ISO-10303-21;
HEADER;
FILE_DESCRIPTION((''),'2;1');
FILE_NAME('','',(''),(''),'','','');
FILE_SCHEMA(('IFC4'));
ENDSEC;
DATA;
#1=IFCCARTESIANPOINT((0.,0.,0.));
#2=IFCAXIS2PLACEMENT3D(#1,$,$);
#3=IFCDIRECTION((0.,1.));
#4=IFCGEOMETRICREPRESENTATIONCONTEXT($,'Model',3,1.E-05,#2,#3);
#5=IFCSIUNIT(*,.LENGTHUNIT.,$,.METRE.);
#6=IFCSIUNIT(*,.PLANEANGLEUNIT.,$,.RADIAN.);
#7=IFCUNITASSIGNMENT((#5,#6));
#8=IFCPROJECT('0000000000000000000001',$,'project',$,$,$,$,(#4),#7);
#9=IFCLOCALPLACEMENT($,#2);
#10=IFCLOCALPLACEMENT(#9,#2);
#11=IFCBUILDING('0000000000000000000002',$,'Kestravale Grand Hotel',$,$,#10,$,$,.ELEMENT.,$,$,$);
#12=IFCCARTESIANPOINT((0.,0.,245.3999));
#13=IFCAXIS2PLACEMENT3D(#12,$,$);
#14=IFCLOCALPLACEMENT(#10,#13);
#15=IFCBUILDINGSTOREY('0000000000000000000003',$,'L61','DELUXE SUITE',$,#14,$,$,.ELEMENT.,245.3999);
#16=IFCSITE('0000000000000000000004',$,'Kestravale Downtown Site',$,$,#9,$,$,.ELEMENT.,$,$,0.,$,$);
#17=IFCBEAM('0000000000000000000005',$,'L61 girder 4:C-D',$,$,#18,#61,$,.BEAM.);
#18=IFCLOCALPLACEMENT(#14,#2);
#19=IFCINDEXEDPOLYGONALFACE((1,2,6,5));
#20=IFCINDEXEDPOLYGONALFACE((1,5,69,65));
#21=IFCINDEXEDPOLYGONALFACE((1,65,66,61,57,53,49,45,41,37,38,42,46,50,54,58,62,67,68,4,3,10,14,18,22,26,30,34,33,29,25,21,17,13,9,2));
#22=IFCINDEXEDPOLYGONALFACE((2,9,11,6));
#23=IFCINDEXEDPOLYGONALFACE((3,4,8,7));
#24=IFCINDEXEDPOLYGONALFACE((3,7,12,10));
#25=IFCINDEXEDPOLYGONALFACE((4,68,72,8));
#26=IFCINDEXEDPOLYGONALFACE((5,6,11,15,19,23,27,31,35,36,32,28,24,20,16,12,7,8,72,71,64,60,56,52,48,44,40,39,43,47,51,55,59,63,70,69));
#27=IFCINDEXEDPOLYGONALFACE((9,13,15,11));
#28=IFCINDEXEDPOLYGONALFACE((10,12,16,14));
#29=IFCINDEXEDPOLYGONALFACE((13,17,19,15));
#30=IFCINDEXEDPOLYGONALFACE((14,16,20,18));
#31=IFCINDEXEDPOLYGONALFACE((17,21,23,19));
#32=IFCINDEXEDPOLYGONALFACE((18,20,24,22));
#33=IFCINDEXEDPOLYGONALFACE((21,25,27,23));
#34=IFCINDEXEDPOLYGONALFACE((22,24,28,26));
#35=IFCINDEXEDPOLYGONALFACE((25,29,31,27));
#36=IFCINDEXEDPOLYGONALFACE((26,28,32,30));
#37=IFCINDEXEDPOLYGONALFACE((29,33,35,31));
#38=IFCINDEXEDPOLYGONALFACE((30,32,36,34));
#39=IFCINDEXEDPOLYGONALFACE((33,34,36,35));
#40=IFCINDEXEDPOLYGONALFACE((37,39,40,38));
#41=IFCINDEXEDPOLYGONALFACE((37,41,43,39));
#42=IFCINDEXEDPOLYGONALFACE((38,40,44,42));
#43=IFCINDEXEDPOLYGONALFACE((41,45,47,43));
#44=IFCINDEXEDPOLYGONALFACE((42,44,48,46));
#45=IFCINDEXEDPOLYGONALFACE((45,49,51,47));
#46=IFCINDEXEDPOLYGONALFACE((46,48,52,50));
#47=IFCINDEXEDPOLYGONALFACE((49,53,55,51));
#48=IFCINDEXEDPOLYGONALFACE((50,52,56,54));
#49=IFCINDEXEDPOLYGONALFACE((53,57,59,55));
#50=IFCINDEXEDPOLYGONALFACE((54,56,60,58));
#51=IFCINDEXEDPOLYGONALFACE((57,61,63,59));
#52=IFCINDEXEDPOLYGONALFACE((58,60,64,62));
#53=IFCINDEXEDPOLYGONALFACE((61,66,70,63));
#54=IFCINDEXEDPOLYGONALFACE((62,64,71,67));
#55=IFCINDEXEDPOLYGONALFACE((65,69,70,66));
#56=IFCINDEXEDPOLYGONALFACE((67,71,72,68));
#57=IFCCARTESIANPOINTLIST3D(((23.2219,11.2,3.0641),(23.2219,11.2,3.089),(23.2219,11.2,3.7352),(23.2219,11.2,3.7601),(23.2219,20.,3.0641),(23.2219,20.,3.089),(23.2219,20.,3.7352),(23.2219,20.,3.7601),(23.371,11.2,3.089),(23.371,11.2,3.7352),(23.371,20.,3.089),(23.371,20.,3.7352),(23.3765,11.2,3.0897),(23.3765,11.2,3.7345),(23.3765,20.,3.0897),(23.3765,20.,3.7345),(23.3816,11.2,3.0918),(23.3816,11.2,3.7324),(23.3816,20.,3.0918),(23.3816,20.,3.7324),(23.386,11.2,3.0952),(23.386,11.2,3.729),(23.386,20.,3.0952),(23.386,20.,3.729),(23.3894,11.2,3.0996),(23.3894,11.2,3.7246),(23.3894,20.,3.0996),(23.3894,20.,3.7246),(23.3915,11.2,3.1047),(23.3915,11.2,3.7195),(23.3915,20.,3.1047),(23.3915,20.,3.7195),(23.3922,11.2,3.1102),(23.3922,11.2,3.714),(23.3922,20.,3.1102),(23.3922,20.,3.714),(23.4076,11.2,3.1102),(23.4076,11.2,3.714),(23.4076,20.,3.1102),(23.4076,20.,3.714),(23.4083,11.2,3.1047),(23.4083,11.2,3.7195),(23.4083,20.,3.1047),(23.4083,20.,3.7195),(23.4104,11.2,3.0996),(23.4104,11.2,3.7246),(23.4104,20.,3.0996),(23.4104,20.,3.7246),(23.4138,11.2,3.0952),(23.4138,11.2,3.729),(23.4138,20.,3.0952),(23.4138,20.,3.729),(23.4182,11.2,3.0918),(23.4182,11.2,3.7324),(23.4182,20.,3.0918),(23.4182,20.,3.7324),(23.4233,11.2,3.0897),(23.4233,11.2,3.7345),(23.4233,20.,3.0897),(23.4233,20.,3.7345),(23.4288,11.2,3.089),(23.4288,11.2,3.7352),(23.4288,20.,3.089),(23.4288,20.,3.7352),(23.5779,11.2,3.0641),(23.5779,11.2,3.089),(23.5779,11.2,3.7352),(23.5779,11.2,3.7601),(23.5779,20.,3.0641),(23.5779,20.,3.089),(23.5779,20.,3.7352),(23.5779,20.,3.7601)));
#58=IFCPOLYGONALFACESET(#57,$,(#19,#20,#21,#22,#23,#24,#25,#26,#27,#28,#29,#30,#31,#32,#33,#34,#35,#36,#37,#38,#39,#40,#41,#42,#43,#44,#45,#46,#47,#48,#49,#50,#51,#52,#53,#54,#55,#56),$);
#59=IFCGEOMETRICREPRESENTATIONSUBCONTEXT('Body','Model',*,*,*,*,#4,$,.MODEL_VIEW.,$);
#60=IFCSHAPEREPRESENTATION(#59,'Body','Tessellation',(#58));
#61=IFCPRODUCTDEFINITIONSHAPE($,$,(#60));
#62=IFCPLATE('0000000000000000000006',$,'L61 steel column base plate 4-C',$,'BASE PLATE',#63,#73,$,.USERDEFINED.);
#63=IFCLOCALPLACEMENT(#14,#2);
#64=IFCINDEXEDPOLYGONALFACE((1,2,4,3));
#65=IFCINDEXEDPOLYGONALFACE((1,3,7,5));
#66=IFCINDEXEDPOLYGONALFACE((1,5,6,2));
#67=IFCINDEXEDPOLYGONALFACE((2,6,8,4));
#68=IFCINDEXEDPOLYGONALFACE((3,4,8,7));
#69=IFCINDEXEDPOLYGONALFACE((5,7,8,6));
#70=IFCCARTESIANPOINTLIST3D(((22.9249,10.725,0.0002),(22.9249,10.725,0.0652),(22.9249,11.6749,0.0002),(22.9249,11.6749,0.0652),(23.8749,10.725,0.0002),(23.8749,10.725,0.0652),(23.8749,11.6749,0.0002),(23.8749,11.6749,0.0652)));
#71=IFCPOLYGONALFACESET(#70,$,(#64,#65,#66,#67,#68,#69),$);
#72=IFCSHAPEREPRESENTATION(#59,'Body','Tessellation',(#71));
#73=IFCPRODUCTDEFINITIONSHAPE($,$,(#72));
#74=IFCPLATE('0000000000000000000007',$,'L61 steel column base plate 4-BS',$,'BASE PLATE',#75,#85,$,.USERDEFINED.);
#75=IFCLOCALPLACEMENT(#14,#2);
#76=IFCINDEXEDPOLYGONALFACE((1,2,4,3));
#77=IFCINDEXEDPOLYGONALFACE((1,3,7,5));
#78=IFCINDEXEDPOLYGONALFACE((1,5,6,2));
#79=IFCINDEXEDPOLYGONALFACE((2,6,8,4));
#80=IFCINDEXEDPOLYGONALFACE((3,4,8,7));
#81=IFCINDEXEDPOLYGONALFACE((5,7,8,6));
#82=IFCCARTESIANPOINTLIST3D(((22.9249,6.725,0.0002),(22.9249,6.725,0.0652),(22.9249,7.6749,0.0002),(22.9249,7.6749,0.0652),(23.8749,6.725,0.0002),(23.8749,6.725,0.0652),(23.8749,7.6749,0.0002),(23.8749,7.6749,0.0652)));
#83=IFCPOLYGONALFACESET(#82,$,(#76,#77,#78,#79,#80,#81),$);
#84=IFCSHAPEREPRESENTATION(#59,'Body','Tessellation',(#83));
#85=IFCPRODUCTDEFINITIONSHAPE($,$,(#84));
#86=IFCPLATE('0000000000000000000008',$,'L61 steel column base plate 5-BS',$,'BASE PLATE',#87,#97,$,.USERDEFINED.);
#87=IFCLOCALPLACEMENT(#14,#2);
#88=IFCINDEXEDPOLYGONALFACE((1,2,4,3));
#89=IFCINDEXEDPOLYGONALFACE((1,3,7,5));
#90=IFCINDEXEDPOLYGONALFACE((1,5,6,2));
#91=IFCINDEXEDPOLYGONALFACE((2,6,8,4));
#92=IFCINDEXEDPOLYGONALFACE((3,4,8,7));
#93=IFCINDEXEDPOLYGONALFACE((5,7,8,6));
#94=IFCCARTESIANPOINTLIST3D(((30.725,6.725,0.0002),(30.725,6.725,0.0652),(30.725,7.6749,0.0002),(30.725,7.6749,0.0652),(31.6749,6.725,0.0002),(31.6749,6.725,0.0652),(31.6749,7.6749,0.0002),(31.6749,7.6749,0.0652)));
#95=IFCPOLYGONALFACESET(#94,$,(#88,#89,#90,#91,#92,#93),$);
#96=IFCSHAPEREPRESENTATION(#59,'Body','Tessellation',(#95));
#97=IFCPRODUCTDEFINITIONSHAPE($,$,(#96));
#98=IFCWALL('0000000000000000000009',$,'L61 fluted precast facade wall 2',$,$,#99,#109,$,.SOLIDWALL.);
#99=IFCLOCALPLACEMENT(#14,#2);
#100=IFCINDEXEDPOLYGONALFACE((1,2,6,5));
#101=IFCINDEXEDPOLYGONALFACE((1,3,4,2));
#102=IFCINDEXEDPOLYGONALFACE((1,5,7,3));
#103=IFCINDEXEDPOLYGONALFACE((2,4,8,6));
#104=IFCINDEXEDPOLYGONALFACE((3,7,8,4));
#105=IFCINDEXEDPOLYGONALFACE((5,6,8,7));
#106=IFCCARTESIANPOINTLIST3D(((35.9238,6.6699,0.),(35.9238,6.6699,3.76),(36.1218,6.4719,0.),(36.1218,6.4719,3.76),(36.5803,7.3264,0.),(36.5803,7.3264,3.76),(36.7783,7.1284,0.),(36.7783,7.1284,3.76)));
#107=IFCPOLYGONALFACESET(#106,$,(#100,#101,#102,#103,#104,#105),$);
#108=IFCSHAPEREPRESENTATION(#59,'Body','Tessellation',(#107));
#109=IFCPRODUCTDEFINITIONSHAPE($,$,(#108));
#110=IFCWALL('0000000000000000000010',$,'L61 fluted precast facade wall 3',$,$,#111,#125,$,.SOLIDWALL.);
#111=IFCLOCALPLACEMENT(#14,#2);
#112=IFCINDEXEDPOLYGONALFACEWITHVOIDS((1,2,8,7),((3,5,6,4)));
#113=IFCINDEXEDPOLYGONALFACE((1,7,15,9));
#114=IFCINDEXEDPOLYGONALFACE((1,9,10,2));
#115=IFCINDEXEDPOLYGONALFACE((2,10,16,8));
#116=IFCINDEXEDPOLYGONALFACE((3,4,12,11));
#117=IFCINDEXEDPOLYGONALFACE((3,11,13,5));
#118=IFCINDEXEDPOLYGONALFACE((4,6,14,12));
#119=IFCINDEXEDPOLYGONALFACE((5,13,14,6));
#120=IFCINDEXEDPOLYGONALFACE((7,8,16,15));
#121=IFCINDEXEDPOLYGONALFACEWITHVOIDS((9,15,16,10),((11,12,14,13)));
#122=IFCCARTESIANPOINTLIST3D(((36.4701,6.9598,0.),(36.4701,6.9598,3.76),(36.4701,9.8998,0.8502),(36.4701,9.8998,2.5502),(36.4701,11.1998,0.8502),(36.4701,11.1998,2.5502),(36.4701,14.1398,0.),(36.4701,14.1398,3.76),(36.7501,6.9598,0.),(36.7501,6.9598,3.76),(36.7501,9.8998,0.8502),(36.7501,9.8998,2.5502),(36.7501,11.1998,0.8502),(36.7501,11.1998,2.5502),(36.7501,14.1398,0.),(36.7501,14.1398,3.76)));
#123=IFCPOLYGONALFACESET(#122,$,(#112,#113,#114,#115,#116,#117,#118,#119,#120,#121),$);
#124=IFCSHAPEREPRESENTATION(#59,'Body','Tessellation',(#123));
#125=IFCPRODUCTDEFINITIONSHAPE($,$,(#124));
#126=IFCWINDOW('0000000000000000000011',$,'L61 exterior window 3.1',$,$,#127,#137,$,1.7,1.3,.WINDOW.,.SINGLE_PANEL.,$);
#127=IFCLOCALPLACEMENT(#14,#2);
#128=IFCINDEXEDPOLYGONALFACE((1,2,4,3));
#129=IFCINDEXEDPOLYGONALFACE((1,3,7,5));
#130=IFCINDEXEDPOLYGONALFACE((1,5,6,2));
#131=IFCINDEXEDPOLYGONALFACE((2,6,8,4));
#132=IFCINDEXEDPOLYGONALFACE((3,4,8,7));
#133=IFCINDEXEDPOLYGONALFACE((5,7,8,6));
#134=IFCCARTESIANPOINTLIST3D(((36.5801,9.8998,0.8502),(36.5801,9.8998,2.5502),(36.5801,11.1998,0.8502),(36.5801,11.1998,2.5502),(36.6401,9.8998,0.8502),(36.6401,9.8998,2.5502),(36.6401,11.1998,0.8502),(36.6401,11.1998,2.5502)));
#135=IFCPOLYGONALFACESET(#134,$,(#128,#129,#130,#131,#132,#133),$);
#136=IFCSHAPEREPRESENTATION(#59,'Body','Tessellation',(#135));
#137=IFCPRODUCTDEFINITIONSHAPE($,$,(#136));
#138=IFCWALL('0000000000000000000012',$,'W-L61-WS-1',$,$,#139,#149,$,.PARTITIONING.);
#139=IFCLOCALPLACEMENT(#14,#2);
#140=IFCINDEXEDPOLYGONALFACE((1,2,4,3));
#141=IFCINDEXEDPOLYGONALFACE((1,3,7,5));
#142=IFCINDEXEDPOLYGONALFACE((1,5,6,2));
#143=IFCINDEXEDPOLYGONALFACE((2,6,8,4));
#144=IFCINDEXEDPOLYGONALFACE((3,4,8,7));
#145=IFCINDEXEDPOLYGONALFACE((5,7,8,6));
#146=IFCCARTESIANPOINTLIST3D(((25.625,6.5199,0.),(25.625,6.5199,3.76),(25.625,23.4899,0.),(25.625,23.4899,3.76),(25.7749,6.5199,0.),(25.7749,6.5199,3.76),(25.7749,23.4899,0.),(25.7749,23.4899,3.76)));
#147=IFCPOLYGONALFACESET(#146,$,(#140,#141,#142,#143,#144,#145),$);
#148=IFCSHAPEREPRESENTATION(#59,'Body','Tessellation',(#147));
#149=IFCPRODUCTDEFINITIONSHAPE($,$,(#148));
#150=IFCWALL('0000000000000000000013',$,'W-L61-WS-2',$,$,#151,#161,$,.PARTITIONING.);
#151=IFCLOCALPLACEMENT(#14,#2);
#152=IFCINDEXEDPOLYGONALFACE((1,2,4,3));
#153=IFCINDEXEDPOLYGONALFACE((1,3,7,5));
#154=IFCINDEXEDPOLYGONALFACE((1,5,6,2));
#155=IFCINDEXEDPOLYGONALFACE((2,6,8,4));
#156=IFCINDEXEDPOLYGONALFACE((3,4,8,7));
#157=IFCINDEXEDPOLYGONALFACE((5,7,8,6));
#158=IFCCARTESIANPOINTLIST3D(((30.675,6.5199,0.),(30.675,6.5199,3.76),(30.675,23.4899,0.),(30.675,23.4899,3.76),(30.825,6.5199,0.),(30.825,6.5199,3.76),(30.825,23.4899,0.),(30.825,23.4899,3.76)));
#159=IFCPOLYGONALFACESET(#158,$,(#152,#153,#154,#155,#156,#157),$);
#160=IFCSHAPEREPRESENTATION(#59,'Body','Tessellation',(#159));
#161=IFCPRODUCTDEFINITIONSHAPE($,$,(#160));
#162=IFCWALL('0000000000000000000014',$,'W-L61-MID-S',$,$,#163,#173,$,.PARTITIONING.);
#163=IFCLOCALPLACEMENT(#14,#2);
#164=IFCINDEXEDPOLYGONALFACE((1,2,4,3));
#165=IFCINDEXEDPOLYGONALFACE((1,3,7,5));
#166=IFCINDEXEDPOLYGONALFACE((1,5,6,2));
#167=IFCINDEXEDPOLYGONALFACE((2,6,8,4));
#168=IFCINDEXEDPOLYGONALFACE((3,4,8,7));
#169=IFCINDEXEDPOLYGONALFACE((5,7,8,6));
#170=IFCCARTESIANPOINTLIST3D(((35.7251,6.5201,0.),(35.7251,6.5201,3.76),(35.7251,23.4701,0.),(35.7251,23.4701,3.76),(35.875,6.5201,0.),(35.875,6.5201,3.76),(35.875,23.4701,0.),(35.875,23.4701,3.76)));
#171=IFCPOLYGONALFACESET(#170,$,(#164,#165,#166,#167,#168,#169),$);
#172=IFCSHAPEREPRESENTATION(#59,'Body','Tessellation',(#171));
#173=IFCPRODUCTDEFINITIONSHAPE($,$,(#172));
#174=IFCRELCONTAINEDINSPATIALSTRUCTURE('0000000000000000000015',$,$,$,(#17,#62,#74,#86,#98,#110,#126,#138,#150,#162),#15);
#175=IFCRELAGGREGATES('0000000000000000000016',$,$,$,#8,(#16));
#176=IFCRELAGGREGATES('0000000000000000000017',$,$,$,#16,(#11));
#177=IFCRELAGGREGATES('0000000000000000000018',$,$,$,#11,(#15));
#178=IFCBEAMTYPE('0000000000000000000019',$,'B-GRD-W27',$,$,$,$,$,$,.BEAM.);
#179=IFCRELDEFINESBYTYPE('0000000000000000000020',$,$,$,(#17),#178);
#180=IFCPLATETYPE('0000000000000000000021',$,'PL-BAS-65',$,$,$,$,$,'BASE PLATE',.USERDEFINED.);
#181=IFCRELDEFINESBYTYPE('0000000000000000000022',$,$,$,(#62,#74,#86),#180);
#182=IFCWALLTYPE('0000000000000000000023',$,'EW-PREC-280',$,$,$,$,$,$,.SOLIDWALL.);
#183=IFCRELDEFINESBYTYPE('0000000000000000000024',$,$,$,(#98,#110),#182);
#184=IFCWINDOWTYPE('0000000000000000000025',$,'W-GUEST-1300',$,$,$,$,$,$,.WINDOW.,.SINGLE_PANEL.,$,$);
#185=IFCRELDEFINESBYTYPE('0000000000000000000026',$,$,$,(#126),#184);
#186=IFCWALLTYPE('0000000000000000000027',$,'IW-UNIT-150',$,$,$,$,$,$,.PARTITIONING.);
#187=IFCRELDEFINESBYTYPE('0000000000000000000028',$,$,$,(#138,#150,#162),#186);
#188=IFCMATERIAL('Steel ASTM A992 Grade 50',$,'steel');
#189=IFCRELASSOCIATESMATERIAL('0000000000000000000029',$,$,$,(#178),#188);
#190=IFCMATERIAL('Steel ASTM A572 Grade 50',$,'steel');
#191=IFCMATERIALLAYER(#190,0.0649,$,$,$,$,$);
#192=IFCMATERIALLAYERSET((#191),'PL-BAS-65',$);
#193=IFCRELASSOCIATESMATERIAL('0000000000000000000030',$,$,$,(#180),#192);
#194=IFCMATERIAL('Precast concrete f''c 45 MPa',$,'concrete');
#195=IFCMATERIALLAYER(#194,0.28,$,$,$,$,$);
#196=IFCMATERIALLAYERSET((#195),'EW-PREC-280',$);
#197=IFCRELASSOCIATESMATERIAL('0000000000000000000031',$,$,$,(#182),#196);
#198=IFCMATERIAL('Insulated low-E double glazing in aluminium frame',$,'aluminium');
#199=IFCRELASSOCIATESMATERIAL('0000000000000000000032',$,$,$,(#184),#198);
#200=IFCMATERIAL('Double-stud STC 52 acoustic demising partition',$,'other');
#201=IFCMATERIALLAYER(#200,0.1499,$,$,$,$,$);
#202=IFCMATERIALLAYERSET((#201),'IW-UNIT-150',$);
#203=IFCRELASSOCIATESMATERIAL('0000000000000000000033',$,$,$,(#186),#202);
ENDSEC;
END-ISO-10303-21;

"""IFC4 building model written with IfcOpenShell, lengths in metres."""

from ifc_helpers import new_model, si_unit, direction, frame, frame_2d, origin, origin_2d, place, context, subcontext, project, spatial, rectangle, i_section, extrude, material, layer, layer_set, material_profile, profile_set, type_object, element, fill, save


model = new_model("IFC4")

# Units and contexts
model_context = context("Model", 3, precision=1e-05, world=origin(), true_north=direction((0.0, 1.0)))
body_context = subcontext(model_context, "Body", "Model", "MODEL_VIEW")
ifc_project = project(units=[si_unit("LENGTHUNIT", "METRE"), si_unit("PLANEANGLEUNIT", "RADIAN")], contexts=[model_context])

# Site, building, storey
site_placement = place(None, origin())
site = spatial("IfcSite", under=ifc_project, at=site_placement, Name="Kestravale Downtown Site", CompositionType="ELEMENT", RefElevation=0.0)
building_placement = place(site_placement, origin())
building = spatial("IfcBuilding", under=site, at=building_placement, Name="Kestravale Grand Hotel", CompositionType="ELEMENT")
storey_placement = place(building_placement, frame((0.0, 0.0, 245.3999)))
storey = spatial("IfcBuildingStorey", under=building, at=storey_placement, Name="L61", Description="DELUXE SUITE", CompositionType="ELEMENT", Elevation=245.3999)

# Beam
ifc_material_1 = material(Name="Steel ASTM A992 Grade 50", Category="steel")
ifc_material_profile_1 = material_profile(ifc_material_1, i_section(OverallWidth=0.356, OverallDepth=0.696, WebThickness=0.0154, FlangeThickness=0.0249, FilletRadius=0.0212, at=origin_2d()))
ifc_profile_set_1 = profile_set([ifc_material_profile_1], Name="Steel ASTM A992 Grade 50")
beam_type_1 = type_object("IfcBeamType", Name="B-GRD-W27", PredefinedType="BEAM", material=ifc_profile_set_1)
beam_1_placement = place(storey_placement, frame((23.3999, 11.2, 3.4121), z_axis=(0.0, 1.0, 0.0), x_axis=(-1.0, 0.0, 0.0)))
element("IfcBeam", 1, at=beam_1_placement, inside=storey, type_object=beam_type_1, Name="L61 girder 4:C-D", PredefinedType="BEAM", context=body_context, shape_type="SweptSolid", body=[
    extrude(i_section(OverallWidth=0.356, OverallDepth=0.696, WebThickness=0.0154, FlangeThickness=0.0249, FilletRadius=0.0212, at=origin_2d()), origin(), (0.0, 0.0, 1.0), 8.8),
])

# Plates
ifc_material_2 = material(Name="Steel ASTM A572 Grade 50", Category="steel")
ifc_layer_1 = layer(ifc_material_2, 0.0649)
ifc_layer_set_1 = layer_set([ifc_layer_1], Name="PL-BAS-65")
plate_type = type_object("IfcPlateType", Name="PL-BAS-65", ElementType="BASE PLATE", PredefinedType="USERDEFINED", material=ifc_layer_set_1)
for number, where, z_axis, x_axis, name in (
    (2, (23.3999, 11.2, 0.0002), (0.0, 0.0, 1.0), (1.0, 0.0, 0.0), "L61 steel column base plate 4-C"),
    (3, (23.3999, 7.2, 0.0002), (0.0, 0.0, 1.0), (1.0, 0.0, 0.0), "L61 steel column base plate 4-BS"),
    (4, (31.2, 7.2, 0.0002), (0.0, 0.0, 1.0), (1.0, 0.0, 0.0), "L61 steel column base plate 5-BS"),
):
    element("IfcPlate", number, at=place(storey_placement, frame(where, z_axis=z_axis, x_axis=x_axis)), inside=storey, type_object=plate_type, Name=name, ObjectType="BASE PLATE", PredefinedType="USERDEFINED", context=body_context, shape_type="SweptSolid", body=[
        extrude(rectangle(XDim=0.95, YDim=0.95, at=origin_2d()), origin(), (0.0, 0.0, 1.0), 0.0649),
    ])

# Wall
ifc_material_3 = material(Name="Precast concrete f'c 45 MPa", Category="concrete")
ifc_layer_2 = layer(ifc_material_3, 0.28)
ifc_layer_set_2 = layer_set([ifc_layer_2], Name="EW-PREC-280")
wall_type_1 = type_object("IfcWallType", Name="EW-PREC-280", PredefinedType="SOLIDWALL", material=ifc_layer_set_2)
wall_1_placement = place(storey_placement, frame((36.0227, 6.5708, 0.0), z_axis=(0.0, 0.0, 1.0), x_axis=(0.707107, 0.707107, 0.0)))
element("IfcWall", 5, at=wall_1_placement, inside=storey, type_object=wall_type_1, Name="L61 fluted precast facade wall 2", PredefinedType="SOLIDWALL", context=body_context, shape_type="SweptSolid", body=[
    extrude(rectangle(XDim=0.9285, YDim=0.28, at=frame_2d((0.4644, 0.0))), origin(), (0.0, 0.0, 1.0), 3.76),
])

# Wall, opening, window
wall_2_placement = place(storey_placement, frame((36.6101, 6.96, 0.0), z_axis=(0.0, 0.0, 1.0), x_axis=(0.0, 1.0, 0.0)))
wall_2 = element("IfcWall", 6, at=wall_2_placement, inside=storey, type_object=wall_type_1, Name="L61 fluted precast facade wall 3", PredefinedType="SOLIDWALL", context=body_context, shape_type="SweptSolid", body=[
    extrude(rectangle(XDim=7.1799, YDim=0.28, at=frame_2d((3.5898, 0.0))), origin(), (0.0, 0.0, 1.0), 3.76),
])
opening_placement = place(wall_2_placement, frame((2.9399, 0.0, 0.8501)))
opening = element("IfcOpeningElement", 7, at=opening_placement, cuts=wall_2, PredefinedType="OPENING", context=body_context, shape_type="SweptSolid", body=[
    extrude(rectangle(XDim=1.3, YDim=1.7, at=frame_2d((0.6499, 0.8501))), frame((0.0, 0.1499, 0.0), z_axis=(0.0, -1.0, 0.0), x_axis=(1.0, 0.0, 0.0)), (0.0, 0.0, 1.0), 0.3),
])
ifc_material_4 = material(Name="Insulated low-E double glazing in aluminium frame", Category="aluminium")
window_type = type_object("IfcWindowType", Name="W-GUEST-1300", PartitioningType="SINGLE_PANEL", PredefinedType="WINDOW", material=ifc_material_4)
window_placement = place(opening_placement, origin())
window = element("IfcWindow", 8, at=window_placement, inside=storey, type_object=window_type, Name="L61 exterior window 3.1", OverallHeight=1.7, OverallWidth=1.3, PartitioningType="SINGLE_PANEL", PredefinedType="WINDOW", context=body_context, shape_type="SweptSolid", body=[
    extrude(rectangle(XDim=1.3, YDim=1.7, at=frame_2d((0.6499, 0.8501))), frame((0.0, 0.03, 0.0), z_axis=(0.0, -1.0, 0.0), x_axis=(1.0, 0.0, 0.0)), (0.0, 0.0, 1.0), 0.0601),
])
fill(opening, window)

# Walls
ifc_material_5 = material(Name="Double-stud STC 52 acoustic demising partition", Category="other")
ifc_layer_3 = layer(ifc_material_5, 0.1499)
ifc_layer_set_3 = layer_set([ifc_layer_3], Name="IW-UNIT-150")
wall_type_2 = type_object("IfcWallType", Name="IW-UNIT-150", PredefinedType="PARTITIONING", material=ifc_layer_set_3)
for number, where, z_axis, x_axis, name in (
    (9, (25.7, 6.52, 0.0), (0.0, 0.0, 1.0), (0.0, 1.0, 0.0), "W-L61-WS-1"),
    (10, (30.75, 6.52, 0.0), (0.0, 0.0, 1.0), (0.0, 1.0, 0.0), "W-L61-WS-2"),
):
    element("IfcWall", number, at=place(storey_placement, frame(where, z_axis=z_axis, x_axis=x_axis)), inside=storey, type_object=wall_type_2, Name=name, PredefinedType="PARTITIONING", context=body_context, shape_type="SweptSolid", body=[
        extrude(rectangle(XDim=16.97, YDim=0.1499, at=frame_2d((8.4849, 0.0))), origin(), (0.0, 0.0, 1.0), 3.76),
    ])
wall_3_placement = place(storey_placement, frame((35.8, 6.52, 0.0), z_axis=(0.0, 0.0, 1.0), x_axis=(0.0, 1.0, 0.0)))
element("IfcWall", 11, at=wall_3_placement, inside=storey, type_object=wall_type_2, Name="W-L61-MID-S", PredefinedType="PARTITIONING", context=body_context, shape_type="SweptSolid", body=[
    extrude(rectangle(XDim=16.95, YDim=0.1499, at=frame_2d((8.4751, 0.0))), origin(), (0.0, 0.0, 1.0), 3.76),
])

save(model, "model.ifc")
